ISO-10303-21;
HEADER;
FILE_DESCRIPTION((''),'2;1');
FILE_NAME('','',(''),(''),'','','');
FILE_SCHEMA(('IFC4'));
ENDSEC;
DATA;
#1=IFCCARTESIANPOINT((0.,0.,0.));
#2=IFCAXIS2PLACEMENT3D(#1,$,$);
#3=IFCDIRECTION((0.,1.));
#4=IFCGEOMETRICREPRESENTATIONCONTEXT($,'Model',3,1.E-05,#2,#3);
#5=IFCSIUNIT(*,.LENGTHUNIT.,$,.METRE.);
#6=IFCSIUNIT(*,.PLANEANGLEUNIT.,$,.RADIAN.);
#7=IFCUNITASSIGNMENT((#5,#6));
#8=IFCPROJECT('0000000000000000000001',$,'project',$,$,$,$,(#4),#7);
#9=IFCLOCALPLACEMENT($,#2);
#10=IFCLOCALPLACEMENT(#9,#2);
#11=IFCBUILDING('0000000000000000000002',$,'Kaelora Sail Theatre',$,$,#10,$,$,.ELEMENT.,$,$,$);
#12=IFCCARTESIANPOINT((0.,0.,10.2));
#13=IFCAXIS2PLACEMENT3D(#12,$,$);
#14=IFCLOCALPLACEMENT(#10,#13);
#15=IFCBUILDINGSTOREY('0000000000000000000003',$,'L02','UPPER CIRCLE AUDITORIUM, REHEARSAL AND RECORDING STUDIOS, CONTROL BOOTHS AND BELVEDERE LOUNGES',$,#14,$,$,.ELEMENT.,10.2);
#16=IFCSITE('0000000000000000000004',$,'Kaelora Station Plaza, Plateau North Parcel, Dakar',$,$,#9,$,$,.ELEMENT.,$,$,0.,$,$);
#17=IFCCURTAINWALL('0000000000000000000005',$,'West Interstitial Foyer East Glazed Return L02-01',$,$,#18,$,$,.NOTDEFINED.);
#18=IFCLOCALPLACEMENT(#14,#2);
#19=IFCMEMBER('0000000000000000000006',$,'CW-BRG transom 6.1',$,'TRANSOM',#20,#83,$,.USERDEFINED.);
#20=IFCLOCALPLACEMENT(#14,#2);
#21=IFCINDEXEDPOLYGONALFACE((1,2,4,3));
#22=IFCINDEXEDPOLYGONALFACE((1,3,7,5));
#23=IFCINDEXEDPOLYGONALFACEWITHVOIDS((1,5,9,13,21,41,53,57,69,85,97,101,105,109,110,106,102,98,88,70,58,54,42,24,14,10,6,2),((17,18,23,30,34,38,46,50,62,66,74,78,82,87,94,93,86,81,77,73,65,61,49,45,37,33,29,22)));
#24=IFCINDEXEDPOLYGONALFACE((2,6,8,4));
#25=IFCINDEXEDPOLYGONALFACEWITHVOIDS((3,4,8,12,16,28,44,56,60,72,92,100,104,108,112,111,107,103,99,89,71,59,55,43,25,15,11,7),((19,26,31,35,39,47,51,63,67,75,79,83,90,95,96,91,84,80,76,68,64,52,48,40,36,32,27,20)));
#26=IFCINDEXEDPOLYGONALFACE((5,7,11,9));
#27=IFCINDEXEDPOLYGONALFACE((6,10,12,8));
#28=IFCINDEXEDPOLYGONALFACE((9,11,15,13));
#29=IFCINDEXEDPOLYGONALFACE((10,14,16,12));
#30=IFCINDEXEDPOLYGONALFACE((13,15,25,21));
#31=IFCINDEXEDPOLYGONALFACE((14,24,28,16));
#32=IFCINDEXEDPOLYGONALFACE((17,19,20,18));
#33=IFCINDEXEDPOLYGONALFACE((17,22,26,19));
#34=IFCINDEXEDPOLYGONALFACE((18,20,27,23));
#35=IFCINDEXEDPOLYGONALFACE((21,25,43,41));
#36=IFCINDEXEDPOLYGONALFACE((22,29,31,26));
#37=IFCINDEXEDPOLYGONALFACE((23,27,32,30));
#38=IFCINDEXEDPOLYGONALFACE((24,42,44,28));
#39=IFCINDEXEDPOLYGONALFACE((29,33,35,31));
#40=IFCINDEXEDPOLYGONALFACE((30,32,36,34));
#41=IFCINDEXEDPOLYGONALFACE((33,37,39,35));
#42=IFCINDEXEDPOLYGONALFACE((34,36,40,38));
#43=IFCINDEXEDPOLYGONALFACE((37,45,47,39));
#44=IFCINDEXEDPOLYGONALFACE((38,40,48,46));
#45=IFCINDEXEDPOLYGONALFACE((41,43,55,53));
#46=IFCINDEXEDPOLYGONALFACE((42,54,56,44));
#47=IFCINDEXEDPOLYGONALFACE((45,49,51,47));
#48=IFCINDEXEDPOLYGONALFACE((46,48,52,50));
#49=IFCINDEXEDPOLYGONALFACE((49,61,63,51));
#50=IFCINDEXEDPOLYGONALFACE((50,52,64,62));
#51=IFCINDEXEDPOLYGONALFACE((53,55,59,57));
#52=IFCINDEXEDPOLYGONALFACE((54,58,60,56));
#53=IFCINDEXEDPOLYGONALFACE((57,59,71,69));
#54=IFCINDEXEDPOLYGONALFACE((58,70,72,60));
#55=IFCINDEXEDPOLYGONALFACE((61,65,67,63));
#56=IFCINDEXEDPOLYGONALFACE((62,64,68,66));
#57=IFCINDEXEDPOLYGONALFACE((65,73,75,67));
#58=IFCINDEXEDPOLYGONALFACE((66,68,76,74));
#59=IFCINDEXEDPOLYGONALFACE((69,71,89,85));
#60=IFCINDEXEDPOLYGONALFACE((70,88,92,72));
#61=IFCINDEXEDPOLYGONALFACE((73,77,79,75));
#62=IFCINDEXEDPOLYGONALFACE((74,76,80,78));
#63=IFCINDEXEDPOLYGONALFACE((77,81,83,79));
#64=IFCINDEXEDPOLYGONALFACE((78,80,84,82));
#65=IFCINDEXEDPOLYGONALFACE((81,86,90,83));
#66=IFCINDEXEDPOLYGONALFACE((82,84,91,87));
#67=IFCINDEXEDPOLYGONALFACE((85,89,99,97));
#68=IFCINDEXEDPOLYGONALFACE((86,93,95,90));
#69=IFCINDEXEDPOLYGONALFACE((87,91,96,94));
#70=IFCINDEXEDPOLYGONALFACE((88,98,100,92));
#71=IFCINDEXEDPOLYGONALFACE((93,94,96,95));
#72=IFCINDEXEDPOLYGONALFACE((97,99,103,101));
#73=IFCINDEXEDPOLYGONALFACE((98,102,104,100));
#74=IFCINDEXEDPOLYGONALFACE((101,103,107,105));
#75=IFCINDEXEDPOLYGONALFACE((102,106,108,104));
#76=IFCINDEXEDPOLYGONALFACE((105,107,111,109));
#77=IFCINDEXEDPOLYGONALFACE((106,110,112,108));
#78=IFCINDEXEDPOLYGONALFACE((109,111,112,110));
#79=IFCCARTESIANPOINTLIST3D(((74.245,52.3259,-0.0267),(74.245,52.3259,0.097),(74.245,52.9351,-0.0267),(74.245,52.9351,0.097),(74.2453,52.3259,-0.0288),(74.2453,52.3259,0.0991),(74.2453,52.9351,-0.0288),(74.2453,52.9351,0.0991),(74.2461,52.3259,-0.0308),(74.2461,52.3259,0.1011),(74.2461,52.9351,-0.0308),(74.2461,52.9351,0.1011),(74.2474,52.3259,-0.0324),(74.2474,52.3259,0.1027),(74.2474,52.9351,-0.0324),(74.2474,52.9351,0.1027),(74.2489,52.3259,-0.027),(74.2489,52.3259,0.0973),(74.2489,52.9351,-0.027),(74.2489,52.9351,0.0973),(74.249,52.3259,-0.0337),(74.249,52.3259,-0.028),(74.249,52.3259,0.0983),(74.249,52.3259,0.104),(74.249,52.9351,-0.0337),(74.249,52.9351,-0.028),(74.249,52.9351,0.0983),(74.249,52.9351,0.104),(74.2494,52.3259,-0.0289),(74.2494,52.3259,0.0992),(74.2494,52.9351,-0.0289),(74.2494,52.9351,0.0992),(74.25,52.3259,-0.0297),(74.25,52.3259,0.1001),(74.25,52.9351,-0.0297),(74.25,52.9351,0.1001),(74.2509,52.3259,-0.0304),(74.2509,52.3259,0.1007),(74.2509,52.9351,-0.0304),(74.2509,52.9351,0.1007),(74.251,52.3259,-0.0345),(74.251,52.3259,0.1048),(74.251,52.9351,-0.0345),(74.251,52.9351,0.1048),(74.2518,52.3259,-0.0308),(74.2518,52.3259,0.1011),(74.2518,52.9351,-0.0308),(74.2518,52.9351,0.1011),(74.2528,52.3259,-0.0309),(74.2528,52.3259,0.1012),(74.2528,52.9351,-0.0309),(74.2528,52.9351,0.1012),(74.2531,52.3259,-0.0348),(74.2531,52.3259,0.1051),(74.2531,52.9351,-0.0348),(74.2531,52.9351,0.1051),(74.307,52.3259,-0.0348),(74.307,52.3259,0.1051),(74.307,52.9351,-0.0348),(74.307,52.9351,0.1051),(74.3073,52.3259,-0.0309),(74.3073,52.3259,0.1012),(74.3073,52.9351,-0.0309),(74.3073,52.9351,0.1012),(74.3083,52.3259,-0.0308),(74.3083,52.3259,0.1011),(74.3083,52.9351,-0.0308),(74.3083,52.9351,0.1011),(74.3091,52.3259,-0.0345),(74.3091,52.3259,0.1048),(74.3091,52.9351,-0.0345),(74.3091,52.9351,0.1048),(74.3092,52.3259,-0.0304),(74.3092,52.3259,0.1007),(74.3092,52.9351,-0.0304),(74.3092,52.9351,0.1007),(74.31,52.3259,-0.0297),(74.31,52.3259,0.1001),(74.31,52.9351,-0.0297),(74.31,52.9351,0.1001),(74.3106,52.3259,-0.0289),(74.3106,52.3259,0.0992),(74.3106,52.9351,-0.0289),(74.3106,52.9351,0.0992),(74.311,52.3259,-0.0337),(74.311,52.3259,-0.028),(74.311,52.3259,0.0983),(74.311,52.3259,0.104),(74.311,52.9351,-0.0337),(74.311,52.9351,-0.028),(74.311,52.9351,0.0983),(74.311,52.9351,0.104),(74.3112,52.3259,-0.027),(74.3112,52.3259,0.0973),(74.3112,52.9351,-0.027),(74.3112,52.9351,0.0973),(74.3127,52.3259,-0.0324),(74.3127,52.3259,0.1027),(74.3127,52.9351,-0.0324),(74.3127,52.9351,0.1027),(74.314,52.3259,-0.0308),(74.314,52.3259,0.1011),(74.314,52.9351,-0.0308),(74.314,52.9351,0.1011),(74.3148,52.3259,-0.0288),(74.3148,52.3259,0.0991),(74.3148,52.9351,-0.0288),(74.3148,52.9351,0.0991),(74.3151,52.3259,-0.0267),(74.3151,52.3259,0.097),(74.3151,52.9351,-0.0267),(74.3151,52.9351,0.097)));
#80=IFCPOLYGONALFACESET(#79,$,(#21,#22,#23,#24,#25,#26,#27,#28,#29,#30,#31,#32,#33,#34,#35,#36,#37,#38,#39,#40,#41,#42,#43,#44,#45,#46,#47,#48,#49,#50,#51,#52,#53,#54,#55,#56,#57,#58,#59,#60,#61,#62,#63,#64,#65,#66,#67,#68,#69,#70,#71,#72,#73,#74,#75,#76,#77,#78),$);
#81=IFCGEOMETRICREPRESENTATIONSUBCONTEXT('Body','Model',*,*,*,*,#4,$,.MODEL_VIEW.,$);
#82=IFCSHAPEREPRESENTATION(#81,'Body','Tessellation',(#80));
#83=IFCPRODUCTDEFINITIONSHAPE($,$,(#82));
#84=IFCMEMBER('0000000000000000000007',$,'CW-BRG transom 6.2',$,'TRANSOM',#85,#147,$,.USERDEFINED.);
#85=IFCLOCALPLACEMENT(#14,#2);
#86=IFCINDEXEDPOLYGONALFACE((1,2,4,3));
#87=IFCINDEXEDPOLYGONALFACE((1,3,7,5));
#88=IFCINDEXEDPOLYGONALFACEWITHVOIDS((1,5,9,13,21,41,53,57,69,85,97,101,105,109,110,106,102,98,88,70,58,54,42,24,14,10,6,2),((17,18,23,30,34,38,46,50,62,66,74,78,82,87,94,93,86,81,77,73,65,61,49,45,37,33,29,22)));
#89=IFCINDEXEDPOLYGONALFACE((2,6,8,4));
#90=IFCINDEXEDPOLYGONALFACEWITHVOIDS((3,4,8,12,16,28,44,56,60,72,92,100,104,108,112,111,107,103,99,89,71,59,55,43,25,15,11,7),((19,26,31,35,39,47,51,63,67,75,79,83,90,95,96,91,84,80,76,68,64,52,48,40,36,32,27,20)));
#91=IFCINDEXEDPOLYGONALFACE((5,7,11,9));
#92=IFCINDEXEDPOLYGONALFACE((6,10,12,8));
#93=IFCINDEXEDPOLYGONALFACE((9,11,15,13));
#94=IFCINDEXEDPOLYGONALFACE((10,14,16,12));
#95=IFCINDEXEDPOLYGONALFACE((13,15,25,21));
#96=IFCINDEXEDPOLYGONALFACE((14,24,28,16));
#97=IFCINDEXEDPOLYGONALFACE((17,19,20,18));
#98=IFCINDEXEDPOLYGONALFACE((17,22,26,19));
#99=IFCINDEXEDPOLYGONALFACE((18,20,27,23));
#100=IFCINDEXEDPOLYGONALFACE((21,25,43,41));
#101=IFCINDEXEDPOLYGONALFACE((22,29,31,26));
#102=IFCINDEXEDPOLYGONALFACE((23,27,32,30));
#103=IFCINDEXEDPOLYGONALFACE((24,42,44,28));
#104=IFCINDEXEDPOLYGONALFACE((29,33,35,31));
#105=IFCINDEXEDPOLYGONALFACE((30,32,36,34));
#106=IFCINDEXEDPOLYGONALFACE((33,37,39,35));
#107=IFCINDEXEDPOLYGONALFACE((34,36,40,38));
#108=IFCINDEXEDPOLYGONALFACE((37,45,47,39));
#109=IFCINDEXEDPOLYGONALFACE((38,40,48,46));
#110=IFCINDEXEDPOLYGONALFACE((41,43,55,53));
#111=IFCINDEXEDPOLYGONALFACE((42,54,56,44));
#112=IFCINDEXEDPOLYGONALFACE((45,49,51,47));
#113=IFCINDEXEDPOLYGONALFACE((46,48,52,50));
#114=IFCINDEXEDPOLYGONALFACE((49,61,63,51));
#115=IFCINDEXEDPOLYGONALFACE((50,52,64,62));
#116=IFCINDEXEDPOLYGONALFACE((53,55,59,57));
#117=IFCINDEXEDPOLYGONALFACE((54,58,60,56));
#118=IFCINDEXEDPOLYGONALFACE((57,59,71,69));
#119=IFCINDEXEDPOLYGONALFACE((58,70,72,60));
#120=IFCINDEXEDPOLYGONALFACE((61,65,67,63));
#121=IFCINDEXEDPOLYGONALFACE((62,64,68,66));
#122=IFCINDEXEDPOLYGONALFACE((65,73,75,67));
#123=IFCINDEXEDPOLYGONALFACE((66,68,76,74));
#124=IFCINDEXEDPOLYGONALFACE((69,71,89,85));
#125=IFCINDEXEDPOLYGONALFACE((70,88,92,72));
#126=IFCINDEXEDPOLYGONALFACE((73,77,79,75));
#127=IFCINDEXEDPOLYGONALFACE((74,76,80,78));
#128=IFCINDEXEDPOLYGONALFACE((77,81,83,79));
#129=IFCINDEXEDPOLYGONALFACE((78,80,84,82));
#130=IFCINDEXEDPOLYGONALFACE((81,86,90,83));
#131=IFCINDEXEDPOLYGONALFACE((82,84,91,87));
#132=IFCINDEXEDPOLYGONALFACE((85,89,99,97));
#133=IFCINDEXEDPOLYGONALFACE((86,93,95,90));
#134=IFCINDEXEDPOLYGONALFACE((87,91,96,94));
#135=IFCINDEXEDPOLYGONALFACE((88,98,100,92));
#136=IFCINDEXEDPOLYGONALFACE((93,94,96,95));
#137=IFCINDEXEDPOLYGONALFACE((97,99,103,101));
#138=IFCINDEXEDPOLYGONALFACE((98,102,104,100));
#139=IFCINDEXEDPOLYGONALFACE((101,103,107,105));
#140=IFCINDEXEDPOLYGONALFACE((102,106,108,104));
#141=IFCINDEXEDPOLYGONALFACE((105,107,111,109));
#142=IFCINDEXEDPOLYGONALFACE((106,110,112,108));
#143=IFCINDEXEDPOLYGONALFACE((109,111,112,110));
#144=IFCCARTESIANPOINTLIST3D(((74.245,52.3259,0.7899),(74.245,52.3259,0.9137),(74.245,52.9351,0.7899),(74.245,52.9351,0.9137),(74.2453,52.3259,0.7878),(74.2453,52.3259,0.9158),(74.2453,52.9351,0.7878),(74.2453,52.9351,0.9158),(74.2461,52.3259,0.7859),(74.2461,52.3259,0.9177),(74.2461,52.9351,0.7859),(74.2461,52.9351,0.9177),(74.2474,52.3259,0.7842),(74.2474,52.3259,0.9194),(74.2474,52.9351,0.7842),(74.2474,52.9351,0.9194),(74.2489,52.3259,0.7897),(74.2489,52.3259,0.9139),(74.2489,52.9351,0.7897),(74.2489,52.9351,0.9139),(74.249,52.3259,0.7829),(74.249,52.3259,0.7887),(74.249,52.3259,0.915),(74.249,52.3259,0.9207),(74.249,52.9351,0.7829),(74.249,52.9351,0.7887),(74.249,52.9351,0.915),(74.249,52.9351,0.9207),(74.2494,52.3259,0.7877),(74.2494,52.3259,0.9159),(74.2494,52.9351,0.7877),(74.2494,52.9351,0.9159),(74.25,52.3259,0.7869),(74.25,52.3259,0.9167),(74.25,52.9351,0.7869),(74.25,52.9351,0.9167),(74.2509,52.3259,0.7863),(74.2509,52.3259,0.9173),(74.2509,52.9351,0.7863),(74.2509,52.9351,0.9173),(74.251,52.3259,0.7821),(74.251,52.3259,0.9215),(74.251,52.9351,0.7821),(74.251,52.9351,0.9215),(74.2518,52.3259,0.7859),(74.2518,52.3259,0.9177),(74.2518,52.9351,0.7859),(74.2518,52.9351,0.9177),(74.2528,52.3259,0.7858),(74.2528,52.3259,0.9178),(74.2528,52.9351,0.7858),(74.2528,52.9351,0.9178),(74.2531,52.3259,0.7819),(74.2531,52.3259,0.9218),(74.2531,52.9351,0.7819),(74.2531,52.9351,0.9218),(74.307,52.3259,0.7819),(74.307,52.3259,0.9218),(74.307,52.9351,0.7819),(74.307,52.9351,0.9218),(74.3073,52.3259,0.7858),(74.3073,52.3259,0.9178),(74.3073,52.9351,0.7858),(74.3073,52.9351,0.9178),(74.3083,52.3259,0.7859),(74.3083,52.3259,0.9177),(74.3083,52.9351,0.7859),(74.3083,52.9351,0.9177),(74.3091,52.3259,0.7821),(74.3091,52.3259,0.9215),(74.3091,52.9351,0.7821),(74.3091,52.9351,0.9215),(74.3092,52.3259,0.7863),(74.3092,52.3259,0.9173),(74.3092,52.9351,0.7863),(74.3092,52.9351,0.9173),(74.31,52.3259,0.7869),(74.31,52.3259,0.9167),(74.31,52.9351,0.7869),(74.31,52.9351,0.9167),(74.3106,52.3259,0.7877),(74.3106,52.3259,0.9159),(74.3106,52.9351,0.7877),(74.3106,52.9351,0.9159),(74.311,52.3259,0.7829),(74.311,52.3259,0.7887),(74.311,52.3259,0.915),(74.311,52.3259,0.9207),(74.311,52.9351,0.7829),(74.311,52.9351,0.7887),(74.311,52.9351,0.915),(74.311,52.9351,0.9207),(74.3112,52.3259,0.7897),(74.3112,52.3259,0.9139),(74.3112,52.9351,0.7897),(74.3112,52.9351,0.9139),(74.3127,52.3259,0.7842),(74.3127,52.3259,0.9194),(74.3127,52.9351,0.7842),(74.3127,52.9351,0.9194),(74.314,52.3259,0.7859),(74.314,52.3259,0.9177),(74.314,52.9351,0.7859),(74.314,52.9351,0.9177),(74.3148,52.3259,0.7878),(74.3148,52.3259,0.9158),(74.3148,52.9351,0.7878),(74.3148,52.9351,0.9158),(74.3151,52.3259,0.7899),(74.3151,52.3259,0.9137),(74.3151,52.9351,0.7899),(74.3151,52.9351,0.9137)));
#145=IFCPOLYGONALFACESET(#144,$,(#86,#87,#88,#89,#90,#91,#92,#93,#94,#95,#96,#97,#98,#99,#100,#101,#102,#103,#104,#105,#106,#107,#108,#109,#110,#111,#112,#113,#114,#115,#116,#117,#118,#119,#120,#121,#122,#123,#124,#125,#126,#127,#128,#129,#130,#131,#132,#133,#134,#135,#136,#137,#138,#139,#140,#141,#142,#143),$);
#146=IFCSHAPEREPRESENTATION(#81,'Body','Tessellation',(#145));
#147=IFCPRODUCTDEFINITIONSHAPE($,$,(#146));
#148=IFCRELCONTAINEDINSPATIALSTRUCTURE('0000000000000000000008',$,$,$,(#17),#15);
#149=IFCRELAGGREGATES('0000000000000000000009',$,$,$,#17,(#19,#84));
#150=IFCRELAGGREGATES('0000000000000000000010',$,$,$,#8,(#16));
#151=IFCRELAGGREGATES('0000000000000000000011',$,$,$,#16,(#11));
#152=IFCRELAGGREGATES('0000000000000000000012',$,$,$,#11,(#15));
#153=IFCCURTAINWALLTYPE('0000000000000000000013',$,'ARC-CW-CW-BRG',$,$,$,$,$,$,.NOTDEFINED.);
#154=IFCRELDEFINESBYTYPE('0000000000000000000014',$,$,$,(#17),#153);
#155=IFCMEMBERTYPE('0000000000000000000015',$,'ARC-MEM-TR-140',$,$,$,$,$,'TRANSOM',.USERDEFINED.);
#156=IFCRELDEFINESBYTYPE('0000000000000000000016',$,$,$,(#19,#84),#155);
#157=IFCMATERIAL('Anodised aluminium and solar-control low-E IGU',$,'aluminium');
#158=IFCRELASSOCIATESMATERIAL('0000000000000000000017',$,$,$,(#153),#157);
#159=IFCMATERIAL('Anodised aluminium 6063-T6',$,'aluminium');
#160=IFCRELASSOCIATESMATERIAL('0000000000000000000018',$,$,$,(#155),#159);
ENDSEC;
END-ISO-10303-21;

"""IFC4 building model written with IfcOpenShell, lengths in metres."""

from ifc_helpers import new_model, si_unit, direction, frame, origin, origin_2d, place, context, subcontext, project, spatial, hollow_rectangle, extrude, material, material_profile, profile_set, type_object, element, aggregate, save


model = new_model("IFC4")

# Units and contexts
model_context = context("Model", 3, precision=1e-05, world=origin(), true_north=direction((0.0, 1.0)))
body_context = subcontext(model_context, "Body", "Model", "MODEL_VIEW")
ifc_project = project(units=[si_unit("LENGTHUNIT", "METRE"), si_unit("PLANEANGLEUNIT", "RADIAN")], contexts=[model_context])

# Site, building, storey
site_placement = place(None, origin())
site = spatial("IfcSite", under=ifc_project, at=site_placement, Name="Kaelora Station Plaza, Plateau North Parcel, Dakar", CompositionType="ELEMENT", RefElevation=0.0)
building_placement = place(site_placement, origin())
building = spatial("IfcBuilding", under=site, at=building_placement, Name="Kaelora Sail Theatre", CompositionType="ELEMENT")
storey_placement = place(building_placement, frame((0.0, 0.0, 10.2)))
storey = spatial("IfcBuildingStorey", under=building, at=storey_placement, Name="L02", Description="UPPER CIRCLE AUDITORIUM, REHEARSAL AND RECORDING STUDIOS, CONTROL BOOTHS AND BELVEDERE LOUNGES", CompositionType="ELEMENT", Elevation=10.2)

# Curtain wall
ifc_material_1 = material(Name="Anodised aluminium and solar-control low-E IGU", Category="aluminium")
curtain_wall_type = type_object("IfcCurtainWallType", Name="ARC-CW-CW-BRG", PredefinedType="NOTDEFINED", material=ifc_material_1)
curtain_wall_1_placement = place(storey_placement, origin())
curtain_wall_1 = element("IfcCurtainWall", 1, at=curtain_wall_1_placement, inside=storey, type_object=curtain_wall_type, Name="West Interstitial Foyer East Glazed Return L02-01", PredefinedType="NOTDEFINED")

# Members
ifc_material_2 = material(Name="Anodised aluminium 6063-T6", Category="aluminium")
ifc_material_profile_1 = material_profile(ifc_material_2, hollow_rectangle(XDim=0.0701, YDim=0.1399, WallThickness=0.0039, InnerFilletRadius=0.0039, OuterFilletRadius=0.0081, at=origin_2d()), Name="ALU-TRAN 70x140x4")
ifc_profile_set_1 = profile_set([ifc_material_profile_1], Name="Anodised aluminium 6063-T6")
member_type_1 = type_object("IfcMemberType", Name="ARC-MEM-TR-140", ElementType="TRANSOM", PredefinedType="USERDEFINED", material=ifc_profile_set_1)
member_1_placement = place(storey_placement, frame((74.28, 52.3259, 0.0352), z_axis=(0.0, 1.0, 0.0), x_axis=(-1.0, 0.0, 0.0)))
member_1 = element("IfcMember", 2, at=member_1_placement, type_object=member_type_1, Name="CW-BRG transom 6.1", ObjectType="TRANSOM", PredefinedType="USERDEFINED", context=body_context, shape_type="SweptSolid", body=[
    extrude(hollow_rectangle(XDim=0.0701, YDim=0.1399, WallThickness=0.0039, InnerFilletRadius=0.0039, OuterFilletRadius=0.0081, at=origin_2d()), origin(), (0.0, 0.0, 1.0), 0.6091),
])
member_2_placement = place(storey_placement, frame((74.28, 52.3259, 0.8518), z_axis=(0.0, 1.0, 0.0), x_axis=(-1.0, 0.0, 0.0)))
member_2 = element("IfcMember", 3, at=member_2_placement, type_object=member_type_1, Name="CW-BRG transom 6.2", ObjectType="TRANSOM", PredefinedType="USERDEFINED", context=body_context, shape_type="SweptSolid", body=[
    extrude(hollow_rectangle(XDim=0.0701, YDim=0.1399, WallThickness=0.0039, InnerFilletRadius=0.0039, OuterFilletRadius=0.0081, at=origin_2d()), origin(), (0.0, 0.0, 1.0), 0.6091),
])

aggregate(curtain_wall_1, [member_1, member_2])

save(model, "model.ifc")
